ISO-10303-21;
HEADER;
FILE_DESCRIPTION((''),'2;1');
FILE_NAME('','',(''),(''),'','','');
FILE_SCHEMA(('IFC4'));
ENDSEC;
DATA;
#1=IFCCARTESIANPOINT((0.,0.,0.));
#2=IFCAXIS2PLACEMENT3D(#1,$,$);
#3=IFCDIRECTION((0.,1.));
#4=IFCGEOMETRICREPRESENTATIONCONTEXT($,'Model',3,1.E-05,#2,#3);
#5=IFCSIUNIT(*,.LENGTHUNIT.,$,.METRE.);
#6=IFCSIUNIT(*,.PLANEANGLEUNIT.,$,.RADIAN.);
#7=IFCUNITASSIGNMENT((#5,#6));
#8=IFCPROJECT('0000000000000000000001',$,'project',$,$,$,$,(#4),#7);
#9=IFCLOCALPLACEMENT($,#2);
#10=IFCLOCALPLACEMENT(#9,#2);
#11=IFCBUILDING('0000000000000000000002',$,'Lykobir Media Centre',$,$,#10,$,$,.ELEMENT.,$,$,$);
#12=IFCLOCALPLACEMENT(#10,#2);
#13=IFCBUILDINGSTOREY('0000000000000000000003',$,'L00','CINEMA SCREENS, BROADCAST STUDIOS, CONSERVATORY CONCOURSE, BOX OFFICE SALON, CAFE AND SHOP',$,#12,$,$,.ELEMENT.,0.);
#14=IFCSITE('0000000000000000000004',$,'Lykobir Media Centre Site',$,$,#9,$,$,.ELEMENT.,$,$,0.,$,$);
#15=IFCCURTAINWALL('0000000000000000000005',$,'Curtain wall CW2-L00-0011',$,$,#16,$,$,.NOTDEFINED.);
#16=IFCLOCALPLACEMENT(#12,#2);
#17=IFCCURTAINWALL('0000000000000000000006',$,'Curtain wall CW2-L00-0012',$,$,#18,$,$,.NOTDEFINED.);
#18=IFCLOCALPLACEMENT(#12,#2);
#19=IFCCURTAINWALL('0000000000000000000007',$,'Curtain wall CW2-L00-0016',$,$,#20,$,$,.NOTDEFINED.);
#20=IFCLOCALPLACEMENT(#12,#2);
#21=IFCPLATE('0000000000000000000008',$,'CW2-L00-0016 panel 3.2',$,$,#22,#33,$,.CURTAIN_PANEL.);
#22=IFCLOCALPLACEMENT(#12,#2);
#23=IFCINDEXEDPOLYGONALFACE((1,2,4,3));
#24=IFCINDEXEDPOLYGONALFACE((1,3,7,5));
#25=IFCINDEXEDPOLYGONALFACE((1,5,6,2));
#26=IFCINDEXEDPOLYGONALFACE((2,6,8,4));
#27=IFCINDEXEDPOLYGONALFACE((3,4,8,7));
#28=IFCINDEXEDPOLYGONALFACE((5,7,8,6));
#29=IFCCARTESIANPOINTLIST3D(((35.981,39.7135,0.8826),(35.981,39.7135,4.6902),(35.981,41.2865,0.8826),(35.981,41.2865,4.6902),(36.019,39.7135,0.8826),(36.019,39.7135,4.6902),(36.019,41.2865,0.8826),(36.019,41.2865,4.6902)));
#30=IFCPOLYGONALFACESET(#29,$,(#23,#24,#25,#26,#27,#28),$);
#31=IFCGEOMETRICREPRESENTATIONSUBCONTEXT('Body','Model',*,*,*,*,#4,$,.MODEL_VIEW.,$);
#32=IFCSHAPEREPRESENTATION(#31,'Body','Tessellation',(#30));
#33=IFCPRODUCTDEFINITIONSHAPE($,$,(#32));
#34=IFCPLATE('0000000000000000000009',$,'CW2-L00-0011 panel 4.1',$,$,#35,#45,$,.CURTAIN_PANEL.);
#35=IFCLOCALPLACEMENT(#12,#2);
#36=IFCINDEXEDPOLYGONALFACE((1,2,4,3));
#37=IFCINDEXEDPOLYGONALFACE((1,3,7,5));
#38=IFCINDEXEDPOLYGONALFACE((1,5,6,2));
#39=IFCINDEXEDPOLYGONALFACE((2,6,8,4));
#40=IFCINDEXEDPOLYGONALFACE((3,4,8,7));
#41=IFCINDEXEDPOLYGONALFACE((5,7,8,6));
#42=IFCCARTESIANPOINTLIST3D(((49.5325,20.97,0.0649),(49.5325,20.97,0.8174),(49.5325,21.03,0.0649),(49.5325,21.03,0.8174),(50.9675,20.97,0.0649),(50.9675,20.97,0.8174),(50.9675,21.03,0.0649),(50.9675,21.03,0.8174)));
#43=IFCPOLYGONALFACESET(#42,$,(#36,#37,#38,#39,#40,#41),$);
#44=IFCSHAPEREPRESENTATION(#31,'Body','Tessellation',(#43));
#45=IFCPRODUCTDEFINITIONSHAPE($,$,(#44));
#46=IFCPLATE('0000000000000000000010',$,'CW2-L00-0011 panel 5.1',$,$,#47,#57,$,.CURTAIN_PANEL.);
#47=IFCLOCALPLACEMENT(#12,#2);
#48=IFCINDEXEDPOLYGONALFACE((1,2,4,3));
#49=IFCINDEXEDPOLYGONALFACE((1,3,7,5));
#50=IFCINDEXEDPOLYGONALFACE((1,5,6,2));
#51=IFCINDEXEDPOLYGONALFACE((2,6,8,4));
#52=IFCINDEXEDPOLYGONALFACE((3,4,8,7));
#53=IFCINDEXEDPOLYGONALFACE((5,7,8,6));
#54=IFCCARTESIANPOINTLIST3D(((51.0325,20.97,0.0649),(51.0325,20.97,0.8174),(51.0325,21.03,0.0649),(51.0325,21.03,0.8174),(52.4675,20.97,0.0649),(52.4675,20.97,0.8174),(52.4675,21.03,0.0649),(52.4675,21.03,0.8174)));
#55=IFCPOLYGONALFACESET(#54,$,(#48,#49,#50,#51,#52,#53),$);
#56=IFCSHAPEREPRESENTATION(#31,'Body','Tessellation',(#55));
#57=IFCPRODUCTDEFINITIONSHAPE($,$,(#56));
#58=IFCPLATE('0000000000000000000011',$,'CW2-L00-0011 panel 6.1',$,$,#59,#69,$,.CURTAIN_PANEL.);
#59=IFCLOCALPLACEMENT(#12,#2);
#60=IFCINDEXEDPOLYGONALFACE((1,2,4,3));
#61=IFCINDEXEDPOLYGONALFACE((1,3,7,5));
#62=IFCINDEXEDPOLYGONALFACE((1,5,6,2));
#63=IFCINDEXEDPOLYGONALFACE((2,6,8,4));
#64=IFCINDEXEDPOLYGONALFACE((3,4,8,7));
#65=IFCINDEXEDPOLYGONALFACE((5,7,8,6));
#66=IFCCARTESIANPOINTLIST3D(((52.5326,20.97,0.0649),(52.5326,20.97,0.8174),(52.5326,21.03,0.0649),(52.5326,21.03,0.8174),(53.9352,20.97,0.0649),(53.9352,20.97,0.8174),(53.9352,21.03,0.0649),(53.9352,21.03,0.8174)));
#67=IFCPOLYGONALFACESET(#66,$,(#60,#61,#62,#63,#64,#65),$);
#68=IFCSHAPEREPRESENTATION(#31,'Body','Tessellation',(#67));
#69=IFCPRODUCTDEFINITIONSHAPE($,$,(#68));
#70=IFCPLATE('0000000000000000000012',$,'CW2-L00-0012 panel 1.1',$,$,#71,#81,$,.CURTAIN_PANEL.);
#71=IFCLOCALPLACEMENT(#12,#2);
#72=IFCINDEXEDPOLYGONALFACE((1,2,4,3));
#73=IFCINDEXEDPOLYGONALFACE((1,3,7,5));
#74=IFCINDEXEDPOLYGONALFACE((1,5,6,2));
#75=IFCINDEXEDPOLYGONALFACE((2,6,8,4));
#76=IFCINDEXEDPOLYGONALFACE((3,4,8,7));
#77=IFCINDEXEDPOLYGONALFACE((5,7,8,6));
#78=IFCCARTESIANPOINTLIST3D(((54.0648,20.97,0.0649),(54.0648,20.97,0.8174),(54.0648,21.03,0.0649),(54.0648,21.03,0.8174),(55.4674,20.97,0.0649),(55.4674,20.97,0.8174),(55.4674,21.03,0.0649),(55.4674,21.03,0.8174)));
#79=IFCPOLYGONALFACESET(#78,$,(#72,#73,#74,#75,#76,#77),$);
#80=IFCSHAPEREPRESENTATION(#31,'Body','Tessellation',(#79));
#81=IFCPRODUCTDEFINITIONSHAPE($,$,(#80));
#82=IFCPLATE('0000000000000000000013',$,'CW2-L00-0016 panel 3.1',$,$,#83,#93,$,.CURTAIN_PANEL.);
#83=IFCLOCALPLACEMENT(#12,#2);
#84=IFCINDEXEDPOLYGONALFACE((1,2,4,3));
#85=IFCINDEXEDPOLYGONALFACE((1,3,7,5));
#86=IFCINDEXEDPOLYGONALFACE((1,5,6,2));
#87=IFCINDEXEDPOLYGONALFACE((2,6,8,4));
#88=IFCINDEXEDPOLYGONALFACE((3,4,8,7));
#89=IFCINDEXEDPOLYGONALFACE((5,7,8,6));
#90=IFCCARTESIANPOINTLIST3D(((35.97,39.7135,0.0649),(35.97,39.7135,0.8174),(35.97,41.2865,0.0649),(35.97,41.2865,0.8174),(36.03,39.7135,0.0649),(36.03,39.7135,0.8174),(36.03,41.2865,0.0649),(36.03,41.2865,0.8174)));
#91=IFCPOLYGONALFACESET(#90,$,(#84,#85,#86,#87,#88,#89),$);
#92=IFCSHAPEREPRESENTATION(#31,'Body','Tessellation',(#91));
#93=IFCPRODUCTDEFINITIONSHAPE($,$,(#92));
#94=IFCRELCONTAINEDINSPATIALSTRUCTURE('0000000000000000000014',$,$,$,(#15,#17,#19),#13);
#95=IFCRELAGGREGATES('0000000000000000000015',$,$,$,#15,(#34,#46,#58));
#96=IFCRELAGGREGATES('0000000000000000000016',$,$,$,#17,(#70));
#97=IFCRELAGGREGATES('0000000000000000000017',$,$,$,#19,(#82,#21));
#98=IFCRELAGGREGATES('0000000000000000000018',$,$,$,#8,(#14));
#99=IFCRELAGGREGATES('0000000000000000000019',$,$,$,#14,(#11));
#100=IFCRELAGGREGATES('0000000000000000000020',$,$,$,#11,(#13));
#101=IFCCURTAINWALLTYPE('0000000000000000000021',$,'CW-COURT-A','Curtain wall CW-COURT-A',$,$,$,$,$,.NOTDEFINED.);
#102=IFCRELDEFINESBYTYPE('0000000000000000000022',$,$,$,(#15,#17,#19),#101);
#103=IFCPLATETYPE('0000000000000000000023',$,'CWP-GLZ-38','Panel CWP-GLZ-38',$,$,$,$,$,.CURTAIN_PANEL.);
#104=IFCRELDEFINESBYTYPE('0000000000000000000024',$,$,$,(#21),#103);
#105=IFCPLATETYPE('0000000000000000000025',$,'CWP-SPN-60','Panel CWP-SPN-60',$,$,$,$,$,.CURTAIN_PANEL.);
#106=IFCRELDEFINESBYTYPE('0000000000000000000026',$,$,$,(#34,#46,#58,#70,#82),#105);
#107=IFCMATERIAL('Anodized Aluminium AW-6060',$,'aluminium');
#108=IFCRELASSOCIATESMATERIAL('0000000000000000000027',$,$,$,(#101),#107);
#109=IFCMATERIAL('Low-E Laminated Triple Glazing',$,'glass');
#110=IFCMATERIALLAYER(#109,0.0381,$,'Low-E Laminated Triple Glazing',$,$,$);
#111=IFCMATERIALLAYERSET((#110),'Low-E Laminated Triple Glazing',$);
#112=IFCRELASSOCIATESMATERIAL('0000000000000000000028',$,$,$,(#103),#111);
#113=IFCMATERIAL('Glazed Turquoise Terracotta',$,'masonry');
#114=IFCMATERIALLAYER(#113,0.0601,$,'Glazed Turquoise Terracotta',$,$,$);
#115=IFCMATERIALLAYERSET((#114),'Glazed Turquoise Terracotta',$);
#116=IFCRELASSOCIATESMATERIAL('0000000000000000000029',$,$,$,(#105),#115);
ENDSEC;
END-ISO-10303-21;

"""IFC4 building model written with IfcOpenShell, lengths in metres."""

from ifc_helpers import new_model, si_unit, direction, frame, origin, origin_2d, place, context, subcontext, project, spatial, rectangle, extrude, material, layer, layer_set, type_object, element, aggregate, save


model = new_model("IFC4")

# Units and contexts
model_context = context("Model", 3, precision=1e-05, world=origin(), true_north=direction((0.0, 1.0)))
body_context = subcontext(model_context, "Body", "Model", "MODEL_VIEW")
ifc_project = project(units=[si_unit("LENGTHUNIT", "METRE"), si_unit("PLANEANGLEUNIT", "RADIAN")], contexts=[model_context])

# Site, building, storey
site_placement = place(None, origin())
site = spatial("IfcSite", under=ifc_project, at=site_placement, Name="Lykobir Media Centre Site", CompositionType="ELEMENT", RefElevation=0.0)
building_placement = place(site_placement, origin())
building = spatial("IfcBuilding", under=site, at=building_placement, Name="Lykobir Media Centre", CompositionType="ELEMENT")
storey_placement = place(building_placement, origin())
storey = spatial("IfcBuildingStorey", under=building, at=storey_placement, Name="L00", Description="CINEMA SCREENS, BROADCAST STUDIOS, CONSERVATORY CONCOURSE, BOX OFFICE SALON, CAFE AND SHOP", CompositionType="ELEMENT", Elevation=0.0)

# Curtain walls
ifc_material_1 = material(Name="Anodized Aluminium AW-6060", Category="aluminium")
curtain_wall_type = type_object("IfcCurtainWallType", Name="CW-COURT-A", Description="Curtain wall CW-COURT-A", PredefinedType="NOTDEFINED", material=ifc_material_1)
curtain_wall_1_placement = place(storey_placement, origin())
curtain_wall_1 = element("IfcCurtainWall", 1, at=curtain_wall_1_placement, inside=storey, type_object=curtain_wall_type, Name="Curtain wall CW2-L00-0011", PredefinedType="NOTDEFINED")
curtain_wall_2_placement = place(storey_placement, origin())
curtain_wall_2 = element("IfcCurtainWall", 2, at=curtain_wall_2_placement, inside=storey, type_object=curtain_wall_type, Name="Curtain wall CW2-L00-0012", PredefinedType="NOTDEFINED")

# Curtain wall
curtain_wall_3_placement = place(storey_placement, origin())
curtain_wall_3 = element("IfcCurtainWall", 3, at=curtain_wall_3_placement, inside=storey, type_object=curtain_wall_type, Name="Curtain wall CW2-L00-0016", PredefinedType="NOTDEFINED")

# Plates
ifc_material_2 = material(Name="Low-E Laminated Triple Glazing", Category="glass")
ifc_layer_1 = layer(ifc_material_2, 0.0381, Name="Low-E Laminated Triple Glazing")
ifc_layer_set_1 = layer_set([ifc_layer_1], Name="Low-E Laminated Triple Glazing")
plate_type_1 = type_object("IfcPlateType", Name="CWP-GLZ-38", Description="Panel CWP-GLZ-38", PredefinedType="CURTAIN_PANEL", material=ifc_layer_set_1)
plate_1_placement = place(storey_placement, frame((36.0, 40.5, 0.8826), z_axis=(0.0, 0.0, 1.0), x_axis=(0.0, -1.0, 0.0)))
plate_1 = element("IfcPlate", 4, at=plate_1_placement, type_object=plate_type_1, Name="CW2-L00-0016 panel 3.2", PredefinedType="CURTAIN_PANEL", context=body_context, shape_type="SweptSolid", body=[
    extrude(rectangle(XDim=1.573, YDim=0.0381, at=origin_2d()), origin(), (0.0, 0.0, 1.0), 3.8076),
])
ifc_material_3 = material(Name="Glazed Turquoise Terracotta", Category="masonry")
ifc_layer_2 = layer(ifc_material_3, 0.0601, Name="Glazed Turquoise Terracotta")
ifc_layer_set_2 = layer_set([ifc_layer_2], Name="Glazed Turquoise Terracotta")
plate_type_2 = type_object("IfcPlateType", Name="CWP-SPN-60", Description="Panel CWP-SPN-60", PredefinedType="CURTAIN_PANEL", material=ifc_layer_set_2)
plate_2_placement = place(storey_placement, frame((50.25, 21.0, 0.0649), z_axis=(0.0, 0.0, 1.0), x_axis=(1.0, 0.0, 0.0)))
plate_2 = element("IfcPlate", 5, at=plate_2_placement, type_object=plate_type_2, Name="CW2-L00-0011 panel 4.1", PredefinedType="CURTAIN_PANEL", context=body_context, shape_type="SweptSolid", body=[
    extrude(rectangle(XDim=1.4351, YDim=0.0601, at=origin_2d()), origin(), (0.0, 0.0, 1.0), 0.7524),
])
plate_3_placement = place(storey_placement, frame((51.75, 21.0, 0.0649), z_axis=(0.0, 0.0, 1.0), x_axis=(1.0, 0.0, 0.0)))
plate_3 = element("IfcPlate", 6, at=plate_3_placement, type_object=plate_type_2, Name="CW2-L00-0011 panel 5.1", PredefinedType="CURTAIN_PANEL", context=body_context, shape_type="SweptSolid", body=[
    extrude(rectangle(XDim=1.4351, YDim=0.0601, at=origin_2d()), origin(), (0.0, 0.0, 1.0), 0.7524),
])
plate_4_placement = place(storey_placement, frame((53.2339, 21.0, 0.0649), z_axis=(0.0, 0.0, 1.0), x_axis=(1.0, 0.0, 0.0)))
plate_4 = element("IfcPlate", 7, at=plate_4_placement, type_object=plate_type_2, Name="CW2-L00-0011 panel 6.1", PredefinedType="CURTAIN_PANEL", context=body_context, shape_type="SweptSolid", body=[
    extrude(rectangle(XDim=1.4026, YDim=0.0601, at=origin_2d()), origin(), (0.0, 0.0, 1.0), 0.7524),
])
aggregate(curtain_wall_1, [plate_2, plate_3, plate_4])
plate_5_placement = place(storey_placement, frame((54.7661, 21.0, 0.0649), z_axis=(0.0, 0.0, 1.0), x_axis=(1.0, 0.0, 0.0)))
plate_5 = element("IfcPlate", 8, at=plate_5_placement, type_object=plate_type_2, Name="CW2-L00-0012 panel 1.1", PredefinedType="CURTAIN_PANEL", context=body_context, shape_type="SweptSolid", body=[
    extrude(rectangle(XDim=1.4026, YDim=0.0601, at=origin_2d()), origin(), (0.0, 0.0, 1.0), 0.7524),
])
aggregate(curtain_wall_2, [plate_5])
plate_6_placement = place(storey_placement, frame((36.0, 40.5, 0.0649), z_axis=(0.0, 0.0, 1.0), x_axis=(0.0, -1.0, 0.0)))
plate_6 = element("IfcPlate", 9, at=plate_6_placement, type_object=plate_type_2, Name="CW2-L00-0016 panel 3.1", PredefinedType="CURTAIN_PANEL", context=body_context, shape_type="SweptSolid", body=[
    extrude(rectangle(XDim=1.573, YDim=0.0601, at=origin_2d()), origin(), (0.0, 0.0, 1.0), 0.7524),
])
aggregate(curtain_wall_3, [plate_6, plate_1])

save(model, "model.ifc")
